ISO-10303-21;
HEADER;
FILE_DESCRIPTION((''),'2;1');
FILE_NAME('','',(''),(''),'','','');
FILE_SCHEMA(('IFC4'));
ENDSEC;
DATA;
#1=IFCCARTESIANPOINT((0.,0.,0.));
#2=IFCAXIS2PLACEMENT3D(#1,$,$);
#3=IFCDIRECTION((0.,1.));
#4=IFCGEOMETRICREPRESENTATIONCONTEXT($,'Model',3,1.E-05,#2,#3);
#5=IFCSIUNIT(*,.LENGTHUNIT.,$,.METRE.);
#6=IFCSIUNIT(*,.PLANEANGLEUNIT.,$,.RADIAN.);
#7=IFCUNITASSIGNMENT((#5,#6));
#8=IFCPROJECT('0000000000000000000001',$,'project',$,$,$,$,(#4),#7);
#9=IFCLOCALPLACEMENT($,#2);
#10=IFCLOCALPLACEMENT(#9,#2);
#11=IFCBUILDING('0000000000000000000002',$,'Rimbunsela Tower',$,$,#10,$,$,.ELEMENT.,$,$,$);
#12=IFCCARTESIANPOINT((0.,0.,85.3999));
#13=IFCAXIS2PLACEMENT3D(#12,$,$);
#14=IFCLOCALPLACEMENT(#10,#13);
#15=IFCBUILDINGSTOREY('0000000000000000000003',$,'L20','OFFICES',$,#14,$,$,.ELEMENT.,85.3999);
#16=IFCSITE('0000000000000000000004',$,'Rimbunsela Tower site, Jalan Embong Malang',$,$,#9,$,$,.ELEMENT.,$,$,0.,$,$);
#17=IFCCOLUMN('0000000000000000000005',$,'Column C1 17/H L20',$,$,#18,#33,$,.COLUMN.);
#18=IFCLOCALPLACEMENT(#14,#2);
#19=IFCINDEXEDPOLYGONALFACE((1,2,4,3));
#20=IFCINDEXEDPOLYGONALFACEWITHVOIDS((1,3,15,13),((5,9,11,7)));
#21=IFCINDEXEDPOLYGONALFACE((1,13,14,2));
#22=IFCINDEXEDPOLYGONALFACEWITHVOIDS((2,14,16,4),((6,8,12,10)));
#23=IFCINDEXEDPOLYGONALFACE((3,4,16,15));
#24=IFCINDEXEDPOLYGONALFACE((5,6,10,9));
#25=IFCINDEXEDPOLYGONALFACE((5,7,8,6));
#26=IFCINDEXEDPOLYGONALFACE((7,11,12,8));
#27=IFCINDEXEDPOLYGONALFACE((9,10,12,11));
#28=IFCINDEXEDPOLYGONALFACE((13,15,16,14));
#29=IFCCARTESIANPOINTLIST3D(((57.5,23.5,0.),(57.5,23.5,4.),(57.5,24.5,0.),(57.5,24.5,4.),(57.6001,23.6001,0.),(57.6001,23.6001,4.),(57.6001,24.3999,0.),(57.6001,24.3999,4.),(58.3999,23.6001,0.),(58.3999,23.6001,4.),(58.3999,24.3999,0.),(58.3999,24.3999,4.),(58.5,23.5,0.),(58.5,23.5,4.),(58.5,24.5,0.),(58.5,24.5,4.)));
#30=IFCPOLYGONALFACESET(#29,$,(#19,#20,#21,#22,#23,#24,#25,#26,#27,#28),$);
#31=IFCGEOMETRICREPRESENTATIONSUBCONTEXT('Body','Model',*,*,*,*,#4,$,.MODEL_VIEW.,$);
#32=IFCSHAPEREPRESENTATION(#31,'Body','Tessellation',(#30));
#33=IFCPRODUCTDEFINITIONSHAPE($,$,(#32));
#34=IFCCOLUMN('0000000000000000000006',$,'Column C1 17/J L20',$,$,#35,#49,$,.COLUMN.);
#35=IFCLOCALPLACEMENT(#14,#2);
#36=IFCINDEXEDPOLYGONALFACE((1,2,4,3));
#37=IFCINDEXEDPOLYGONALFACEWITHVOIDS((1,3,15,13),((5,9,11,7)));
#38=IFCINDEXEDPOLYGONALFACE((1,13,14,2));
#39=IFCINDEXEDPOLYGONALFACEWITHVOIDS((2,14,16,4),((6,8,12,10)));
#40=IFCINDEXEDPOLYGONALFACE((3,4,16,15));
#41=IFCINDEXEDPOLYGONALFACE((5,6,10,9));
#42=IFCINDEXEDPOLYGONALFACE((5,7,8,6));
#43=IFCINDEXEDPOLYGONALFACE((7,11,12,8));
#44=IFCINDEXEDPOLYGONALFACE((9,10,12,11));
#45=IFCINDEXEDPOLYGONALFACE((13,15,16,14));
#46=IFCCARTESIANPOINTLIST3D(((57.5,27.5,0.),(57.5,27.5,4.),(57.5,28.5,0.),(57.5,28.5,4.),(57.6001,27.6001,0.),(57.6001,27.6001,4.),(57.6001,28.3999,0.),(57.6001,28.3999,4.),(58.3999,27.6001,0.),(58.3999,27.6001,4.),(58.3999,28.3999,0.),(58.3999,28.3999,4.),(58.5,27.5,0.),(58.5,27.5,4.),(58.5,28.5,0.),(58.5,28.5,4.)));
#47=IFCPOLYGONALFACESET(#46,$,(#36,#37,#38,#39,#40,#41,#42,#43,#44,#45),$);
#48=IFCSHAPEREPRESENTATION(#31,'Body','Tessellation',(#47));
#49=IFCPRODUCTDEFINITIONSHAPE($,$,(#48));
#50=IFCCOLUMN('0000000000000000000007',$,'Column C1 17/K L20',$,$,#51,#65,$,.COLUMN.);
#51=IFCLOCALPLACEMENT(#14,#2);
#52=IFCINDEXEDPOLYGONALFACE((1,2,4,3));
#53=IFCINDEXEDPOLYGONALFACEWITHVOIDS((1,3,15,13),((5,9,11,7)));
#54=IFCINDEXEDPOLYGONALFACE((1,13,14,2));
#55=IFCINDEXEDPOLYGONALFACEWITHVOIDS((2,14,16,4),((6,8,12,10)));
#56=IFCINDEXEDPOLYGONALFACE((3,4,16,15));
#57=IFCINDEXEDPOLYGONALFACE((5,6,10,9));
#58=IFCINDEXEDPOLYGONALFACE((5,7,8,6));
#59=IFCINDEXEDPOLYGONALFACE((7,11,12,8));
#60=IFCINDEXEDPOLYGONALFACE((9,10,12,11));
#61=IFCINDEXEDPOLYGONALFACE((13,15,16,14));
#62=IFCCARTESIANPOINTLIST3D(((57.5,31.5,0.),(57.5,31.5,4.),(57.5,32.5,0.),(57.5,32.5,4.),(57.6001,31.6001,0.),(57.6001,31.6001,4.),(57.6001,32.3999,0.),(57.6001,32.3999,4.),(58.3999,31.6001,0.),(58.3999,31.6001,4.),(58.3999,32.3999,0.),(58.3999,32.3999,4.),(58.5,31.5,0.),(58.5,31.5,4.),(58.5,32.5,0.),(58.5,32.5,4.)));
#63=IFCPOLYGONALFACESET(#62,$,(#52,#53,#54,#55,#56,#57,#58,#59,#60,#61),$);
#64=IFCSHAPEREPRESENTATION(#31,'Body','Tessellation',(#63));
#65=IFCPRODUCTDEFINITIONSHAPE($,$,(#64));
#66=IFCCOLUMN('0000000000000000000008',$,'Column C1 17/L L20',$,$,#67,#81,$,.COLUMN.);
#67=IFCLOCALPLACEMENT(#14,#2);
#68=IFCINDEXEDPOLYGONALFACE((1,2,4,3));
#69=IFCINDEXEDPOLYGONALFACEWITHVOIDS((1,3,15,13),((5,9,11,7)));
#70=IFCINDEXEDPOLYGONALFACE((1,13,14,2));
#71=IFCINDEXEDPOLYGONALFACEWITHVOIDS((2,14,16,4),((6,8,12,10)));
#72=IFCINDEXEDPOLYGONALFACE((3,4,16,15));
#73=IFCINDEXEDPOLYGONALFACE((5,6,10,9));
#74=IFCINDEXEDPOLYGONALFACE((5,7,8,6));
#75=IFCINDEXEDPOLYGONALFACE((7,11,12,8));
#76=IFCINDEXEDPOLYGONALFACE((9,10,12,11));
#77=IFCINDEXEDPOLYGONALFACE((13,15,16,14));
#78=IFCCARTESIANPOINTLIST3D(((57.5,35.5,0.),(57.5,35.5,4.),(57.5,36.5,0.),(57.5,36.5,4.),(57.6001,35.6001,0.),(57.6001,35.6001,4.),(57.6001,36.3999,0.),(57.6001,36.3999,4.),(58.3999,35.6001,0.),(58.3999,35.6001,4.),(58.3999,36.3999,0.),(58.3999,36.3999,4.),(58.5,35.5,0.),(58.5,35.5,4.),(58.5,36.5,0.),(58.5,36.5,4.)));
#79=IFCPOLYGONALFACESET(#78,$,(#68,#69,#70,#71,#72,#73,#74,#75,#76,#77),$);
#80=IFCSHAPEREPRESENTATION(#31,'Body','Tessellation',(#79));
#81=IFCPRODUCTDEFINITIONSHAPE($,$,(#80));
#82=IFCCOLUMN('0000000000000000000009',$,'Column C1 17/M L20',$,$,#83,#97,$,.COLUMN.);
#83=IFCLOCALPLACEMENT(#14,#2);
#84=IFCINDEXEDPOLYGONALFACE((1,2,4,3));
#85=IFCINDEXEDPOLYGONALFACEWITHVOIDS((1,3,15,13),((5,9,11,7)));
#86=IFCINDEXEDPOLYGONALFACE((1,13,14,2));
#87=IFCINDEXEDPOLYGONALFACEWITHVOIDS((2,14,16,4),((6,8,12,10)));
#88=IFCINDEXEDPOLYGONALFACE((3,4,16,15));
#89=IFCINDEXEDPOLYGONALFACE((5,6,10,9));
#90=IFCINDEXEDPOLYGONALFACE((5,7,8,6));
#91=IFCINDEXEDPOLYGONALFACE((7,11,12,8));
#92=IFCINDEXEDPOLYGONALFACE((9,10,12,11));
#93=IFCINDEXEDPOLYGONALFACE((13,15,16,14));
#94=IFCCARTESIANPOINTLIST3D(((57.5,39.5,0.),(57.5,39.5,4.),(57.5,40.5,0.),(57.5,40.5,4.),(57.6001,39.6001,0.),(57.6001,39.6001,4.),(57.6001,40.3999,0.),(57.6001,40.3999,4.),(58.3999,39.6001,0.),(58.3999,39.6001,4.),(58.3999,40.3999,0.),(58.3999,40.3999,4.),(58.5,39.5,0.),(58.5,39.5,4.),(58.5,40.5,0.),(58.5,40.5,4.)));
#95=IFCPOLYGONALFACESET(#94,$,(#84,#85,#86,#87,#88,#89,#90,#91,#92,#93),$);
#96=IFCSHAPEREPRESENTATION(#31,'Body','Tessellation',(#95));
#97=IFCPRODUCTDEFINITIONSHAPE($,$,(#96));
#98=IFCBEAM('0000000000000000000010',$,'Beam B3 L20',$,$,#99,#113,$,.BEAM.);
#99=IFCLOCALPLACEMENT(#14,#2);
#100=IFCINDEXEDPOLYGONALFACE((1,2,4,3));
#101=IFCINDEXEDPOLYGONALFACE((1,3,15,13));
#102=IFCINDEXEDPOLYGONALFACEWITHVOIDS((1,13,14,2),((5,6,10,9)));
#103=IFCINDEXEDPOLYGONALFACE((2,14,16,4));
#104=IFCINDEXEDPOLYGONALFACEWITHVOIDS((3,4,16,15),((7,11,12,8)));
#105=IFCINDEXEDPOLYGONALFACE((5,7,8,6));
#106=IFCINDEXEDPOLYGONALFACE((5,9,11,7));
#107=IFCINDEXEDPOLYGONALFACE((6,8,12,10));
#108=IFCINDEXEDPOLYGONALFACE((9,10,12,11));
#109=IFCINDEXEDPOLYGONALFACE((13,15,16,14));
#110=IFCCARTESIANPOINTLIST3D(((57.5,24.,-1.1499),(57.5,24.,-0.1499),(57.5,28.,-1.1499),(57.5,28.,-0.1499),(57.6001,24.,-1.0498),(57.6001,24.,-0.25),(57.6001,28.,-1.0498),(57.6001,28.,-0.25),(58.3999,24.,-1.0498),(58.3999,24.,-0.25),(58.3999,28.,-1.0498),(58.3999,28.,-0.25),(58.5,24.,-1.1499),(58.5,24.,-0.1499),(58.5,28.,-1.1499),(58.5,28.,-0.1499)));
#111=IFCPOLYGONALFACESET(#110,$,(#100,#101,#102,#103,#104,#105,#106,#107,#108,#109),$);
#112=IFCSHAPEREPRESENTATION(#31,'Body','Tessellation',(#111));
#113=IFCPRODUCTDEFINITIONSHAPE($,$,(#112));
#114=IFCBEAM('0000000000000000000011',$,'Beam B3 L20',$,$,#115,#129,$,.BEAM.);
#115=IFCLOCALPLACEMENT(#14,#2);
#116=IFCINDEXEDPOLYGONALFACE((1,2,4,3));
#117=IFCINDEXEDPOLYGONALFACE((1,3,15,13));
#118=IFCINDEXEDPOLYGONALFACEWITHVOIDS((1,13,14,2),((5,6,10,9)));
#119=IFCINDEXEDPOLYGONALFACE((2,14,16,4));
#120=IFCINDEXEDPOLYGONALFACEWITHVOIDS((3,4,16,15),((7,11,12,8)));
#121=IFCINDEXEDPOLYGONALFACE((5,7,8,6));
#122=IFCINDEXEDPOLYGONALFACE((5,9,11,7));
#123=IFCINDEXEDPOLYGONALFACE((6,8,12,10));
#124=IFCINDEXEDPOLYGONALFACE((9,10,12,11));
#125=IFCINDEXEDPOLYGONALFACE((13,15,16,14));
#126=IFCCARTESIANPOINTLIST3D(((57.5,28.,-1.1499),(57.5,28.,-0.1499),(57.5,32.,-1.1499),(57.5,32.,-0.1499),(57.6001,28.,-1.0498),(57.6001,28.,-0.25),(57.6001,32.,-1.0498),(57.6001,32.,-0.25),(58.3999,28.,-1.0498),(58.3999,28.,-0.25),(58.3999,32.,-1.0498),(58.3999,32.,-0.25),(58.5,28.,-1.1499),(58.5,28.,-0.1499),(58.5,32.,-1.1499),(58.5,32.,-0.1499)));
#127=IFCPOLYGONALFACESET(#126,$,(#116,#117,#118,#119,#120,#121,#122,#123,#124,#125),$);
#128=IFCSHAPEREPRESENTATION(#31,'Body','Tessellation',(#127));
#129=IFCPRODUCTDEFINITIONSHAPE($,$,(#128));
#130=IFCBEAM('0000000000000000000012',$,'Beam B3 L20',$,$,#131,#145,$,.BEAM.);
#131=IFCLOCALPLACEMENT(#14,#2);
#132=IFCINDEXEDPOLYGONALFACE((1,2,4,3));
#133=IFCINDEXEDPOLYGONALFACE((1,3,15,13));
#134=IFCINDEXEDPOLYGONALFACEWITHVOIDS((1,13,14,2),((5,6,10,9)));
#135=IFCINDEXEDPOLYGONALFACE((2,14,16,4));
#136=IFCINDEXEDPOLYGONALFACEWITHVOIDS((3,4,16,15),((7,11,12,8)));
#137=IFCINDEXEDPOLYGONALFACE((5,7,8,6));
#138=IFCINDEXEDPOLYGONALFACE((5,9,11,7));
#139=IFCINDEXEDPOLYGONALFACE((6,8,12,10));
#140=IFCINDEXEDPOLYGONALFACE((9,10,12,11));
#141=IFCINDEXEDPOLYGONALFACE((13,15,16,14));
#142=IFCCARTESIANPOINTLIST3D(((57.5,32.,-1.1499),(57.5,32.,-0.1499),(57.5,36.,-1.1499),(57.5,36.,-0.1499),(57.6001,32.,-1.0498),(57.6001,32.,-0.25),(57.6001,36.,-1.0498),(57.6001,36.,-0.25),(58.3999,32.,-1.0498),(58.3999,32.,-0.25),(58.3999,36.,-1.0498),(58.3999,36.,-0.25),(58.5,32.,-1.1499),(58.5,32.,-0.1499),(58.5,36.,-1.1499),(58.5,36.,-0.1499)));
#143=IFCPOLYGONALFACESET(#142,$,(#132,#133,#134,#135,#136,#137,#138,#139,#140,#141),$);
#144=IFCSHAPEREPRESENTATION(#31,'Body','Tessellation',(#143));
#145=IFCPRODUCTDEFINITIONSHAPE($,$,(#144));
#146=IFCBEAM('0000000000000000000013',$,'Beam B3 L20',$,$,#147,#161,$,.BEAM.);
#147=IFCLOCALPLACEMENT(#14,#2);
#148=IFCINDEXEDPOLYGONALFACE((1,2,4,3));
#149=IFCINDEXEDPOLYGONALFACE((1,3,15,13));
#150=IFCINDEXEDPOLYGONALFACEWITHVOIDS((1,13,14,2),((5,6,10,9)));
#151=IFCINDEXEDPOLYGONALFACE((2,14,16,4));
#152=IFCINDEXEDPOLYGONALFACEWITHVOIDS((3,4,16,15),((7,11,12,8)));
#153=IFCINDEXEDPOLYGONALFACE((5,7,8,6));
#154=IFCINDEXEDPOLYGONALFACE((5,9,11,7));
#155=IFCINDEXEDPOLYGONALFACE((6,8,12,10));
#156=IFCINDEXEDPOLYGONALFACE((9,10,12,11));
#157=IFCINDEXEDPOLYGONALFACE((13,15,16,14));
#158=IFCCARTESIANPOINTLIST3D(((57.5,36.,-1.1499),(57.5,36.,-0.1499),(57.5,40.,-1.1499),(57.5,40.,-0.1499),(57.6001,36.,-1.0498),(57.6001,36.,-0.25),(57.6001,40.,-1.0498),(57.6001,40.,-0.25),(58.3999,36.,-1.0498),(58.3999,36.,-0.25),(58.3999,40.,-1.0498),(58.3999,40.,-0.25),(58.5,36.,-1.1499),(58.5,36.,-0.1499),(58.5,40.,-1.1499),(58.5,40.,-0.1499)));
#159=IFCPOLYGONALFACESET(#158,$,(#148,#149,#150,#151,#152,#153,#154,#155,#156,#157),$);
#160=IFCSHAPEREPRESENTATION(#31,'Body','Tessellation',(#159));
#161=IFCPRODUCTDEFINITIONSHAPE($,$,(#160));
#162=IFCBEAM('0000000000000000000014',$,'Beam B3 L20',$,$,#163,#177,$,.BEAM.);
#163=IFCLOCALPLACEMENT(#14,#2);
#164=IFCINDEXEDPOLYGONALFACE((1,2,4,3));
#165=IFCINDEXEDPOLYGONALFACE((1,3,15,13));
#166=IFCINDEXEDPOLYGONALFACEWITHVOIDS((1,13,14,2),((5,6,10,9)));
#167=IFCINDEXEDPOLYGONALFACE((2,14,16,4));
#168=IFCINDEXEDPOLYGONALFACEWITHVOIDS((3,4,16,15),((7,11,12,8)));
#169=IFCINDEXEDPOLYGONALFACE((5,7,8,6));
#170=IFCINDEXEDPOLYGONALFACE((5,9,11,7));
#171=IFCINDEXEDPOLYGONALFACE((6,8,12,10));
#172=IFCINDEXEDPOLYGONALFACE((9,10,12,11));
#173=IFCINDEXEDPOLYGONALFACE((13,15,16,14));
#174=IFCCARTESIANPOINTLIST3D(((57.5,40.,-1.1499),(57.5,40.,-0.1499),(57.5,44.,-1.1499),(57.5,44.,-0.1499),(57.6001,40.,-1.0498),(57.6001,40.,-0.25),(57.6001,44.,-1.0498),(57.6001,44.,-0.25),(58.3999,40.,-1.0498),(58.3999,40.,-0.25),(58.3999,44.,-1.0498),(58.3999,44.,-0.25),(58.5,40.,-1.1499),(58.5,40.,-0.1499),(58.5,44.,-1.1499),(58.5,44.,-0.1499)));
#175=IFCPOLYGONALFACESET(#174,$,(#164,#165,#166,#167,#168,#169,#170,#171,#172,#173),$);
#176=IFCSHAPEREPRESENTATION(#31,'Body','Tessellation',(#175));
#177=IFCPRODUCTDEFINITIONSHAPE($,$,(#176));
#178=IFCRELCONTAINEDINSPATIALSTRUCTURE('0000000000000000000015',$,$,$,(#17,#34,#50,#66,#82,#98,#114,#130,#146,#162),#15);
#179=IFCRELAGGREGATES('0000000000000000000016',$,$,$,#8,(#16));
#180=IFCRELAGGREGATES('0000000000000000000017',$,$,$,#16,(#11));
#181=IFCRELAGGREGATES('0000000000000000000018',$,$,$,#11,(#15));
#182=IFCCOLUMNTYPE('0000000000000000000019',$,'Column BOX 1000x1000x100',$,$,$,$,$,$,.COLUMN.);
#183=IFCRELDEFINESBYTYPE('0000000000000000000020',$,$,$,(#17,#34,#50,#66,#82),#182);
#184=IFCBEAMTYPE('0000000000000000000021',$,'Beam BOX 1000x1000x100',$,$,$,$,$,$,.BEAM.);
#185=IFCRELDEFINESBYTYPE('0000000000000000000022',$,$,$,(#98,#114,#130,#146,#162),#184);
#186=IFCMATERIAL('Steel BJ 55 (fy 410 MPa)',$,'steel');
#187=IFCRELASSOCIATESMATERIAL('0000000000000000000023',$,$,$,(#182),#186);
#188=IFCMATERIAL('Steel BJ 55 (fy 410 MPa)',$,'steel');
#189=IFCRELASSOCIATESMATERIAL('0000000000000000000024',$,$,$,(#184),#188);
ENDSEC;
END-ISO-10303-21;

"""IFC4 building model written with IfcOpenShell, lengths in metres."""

from ifc_helpers import new_model, si_unit, direction, frame, origin, origin_2d, place, context, subcontext, project, spatial, hollow_rectangle, extrude, material, material_profile, profile_set, type_object, element, save


model = new_model("IFC4")

# Units and contexts
model_context = context("Model", 3, precision=1e-05, world=origin(), true_north=direction((0.0, 1.0)))
body_context = subcontext(model_context, "Body", "Model", "MODEL_VIEW")
ifc_project = project(units=[si_unit("LENGTHUNIT", "METRE"), si_unit("PLANEANGLEUNIT", "RADIAN")], contexts=[model_context])

# Site, building, storey
site_placement = place(None, origin())
site = spatial("IfcSite", under=ifc_project, at=site_placement, Name="Rimbunsela Tower site, Jalan Embong Malang", CompositionType="ELEMENT", RefElevation=0.0)
building_placement = place(site_placement, origin())
building = spatial("IfcBuilding", under=site, at=building_placement, Name="Rimbunsela Tower", CompositionType="ELEMENT")
storey_placement = place(building_placement, frame((0.0, 0.0, 85.3999)))
storey = spatial("IfcBuildingStorey", under=building, at=storey_placement, Name="L20", Description="OFFICES", CompositionType="ELEMENT", Elevation=85.3999)

# Columns
ifc_material_1 = material(Name="Steel BJ 55 (fy 410 MPa)", Category="steel")
ifc_material_profile_1 = material_profile(ifc_material_1, hollow_rectangle(XDim=1.0, YDim=1.0, WallThickness=0.1001, at=origin_2d()), Name="BOX 1000x1000x100")
ifc_profile_set_1 = profile_set([ifc_material_profile_1], Name="Steel BJ 55 (fy 410 MPa)")
column_type = type_object("IfcColumnType", Name="Column BOX 1000x1000x100", PredefinedType="COLUMN", material=ifc_profile_set_1)
for number, where, z_axis, x_axis, name in (
    (1, (58.0, 24.0, 0.0), (0.0, 0.0, 1.0), (1.0, 0.0, 0.0), "Column C1 17/H L20"),
    (2, (58.0, 28.0, 0.0), (0.0, 0.0, 1.0), (1.0, 0.0, 0.0), "Column C1 17/J L20"),
    (3, (58.0, 32.0, 0.0), (0.0, 0.0, 1.0), (1.0, 0.0, 0.0), "Column C1 17/K L20"),
    (4, (58.0, 36.0, 0.0), (0.0, 0.0, 1.0), (1.0, 0.0, 0.0), "Column C1 17/L L20"),
    (5, (58.0, 40.0, 0.0), (0.0, 0.0, 1.0), (1.0, 0.0, 0.0), "Column C1 17/M L20"),
):
    element("IfcColumn", number, at=place(storey_placement, frame(where, z_axis=z_axis, x_axis=x_axis)), inside=storey, type_object=column_type, Name=name, PredefinedType="COLUMN", context=body_context, shape_type="SweptSolid", body=[
        extrude(hollow_rectangle(XDim=1.0, YDim=1.0, WallThickness=0.1001, at=origin_2d()), origin(), (0.0, 0.0, 1.0), 4.0),
    ])

# Beams
ifc_material_2 = material(Name="Steel BJ 55 (fy 410 MPa)", Category="steel")
ifc_material_profile_2 = material_profile(ifc_material_2, hollow_rectangle(XDim=1.0, YDim=1.0, WallThickness=0.1001, at=origin_2d()), Name="BOX 1000x1000x100")
ifc_profile_set_2 = profile_set([ifc_material_profile_2], Name="Steel BJ 55 (fy 410 MPa)")
beam_type_1 = type_object("IfcBeamType", Name="Beam BOX 1000x1000x100", PredefinedType="BEAM", material=ifc_profile_set_2)
for number, where, z_axis, x_axis, name in (
    (6, (58.0, 24.0, -0.6499), (0.0, 1.0, 0.0), (-1.0, 0.0, 0.0), "Beam B3 L20"),
    (7, (58.0, 28.0, -0.6499), (0.0, 1.0, 0.0), (-1.0, 0.0, 0.0), "Beam B3 L20"),
    (8, (58.0, 32.0, -0.6499), (0.0, 1.0, 0.0), (-1.0, 0.0, 0.0), "Beam B3 L20"),
    (9, (58.0, 36.0, -0.6499), (0.0, 1.0, 0.0), (-1.0, 0.0, 0.0), "Beam B3 L20"),
    (10, (58.0, 40.0, -0.6499), (0.0, 1.0, 0.0), (-1.0, 0.0, 0.0), "Beam B3 L20"),
):
    element("IfcBeam", number, at=place(storey_placement, frame(where, z_axis=z_axis, x_axis=x_axis)), inside=storey, type_object=beam_type_1, Name=name, PredefinedType="BEAM", context=body_context, shape_type="SweptSolid", body=[
        extrude(hollow_rectangle(XDim=1.0, YDim=1.0, WallThickness=0.1001, at=origin_2d()), origin(), (0.0, 0.0, 1.0), 4.0),
    ])

save(model, "model.ifc")
